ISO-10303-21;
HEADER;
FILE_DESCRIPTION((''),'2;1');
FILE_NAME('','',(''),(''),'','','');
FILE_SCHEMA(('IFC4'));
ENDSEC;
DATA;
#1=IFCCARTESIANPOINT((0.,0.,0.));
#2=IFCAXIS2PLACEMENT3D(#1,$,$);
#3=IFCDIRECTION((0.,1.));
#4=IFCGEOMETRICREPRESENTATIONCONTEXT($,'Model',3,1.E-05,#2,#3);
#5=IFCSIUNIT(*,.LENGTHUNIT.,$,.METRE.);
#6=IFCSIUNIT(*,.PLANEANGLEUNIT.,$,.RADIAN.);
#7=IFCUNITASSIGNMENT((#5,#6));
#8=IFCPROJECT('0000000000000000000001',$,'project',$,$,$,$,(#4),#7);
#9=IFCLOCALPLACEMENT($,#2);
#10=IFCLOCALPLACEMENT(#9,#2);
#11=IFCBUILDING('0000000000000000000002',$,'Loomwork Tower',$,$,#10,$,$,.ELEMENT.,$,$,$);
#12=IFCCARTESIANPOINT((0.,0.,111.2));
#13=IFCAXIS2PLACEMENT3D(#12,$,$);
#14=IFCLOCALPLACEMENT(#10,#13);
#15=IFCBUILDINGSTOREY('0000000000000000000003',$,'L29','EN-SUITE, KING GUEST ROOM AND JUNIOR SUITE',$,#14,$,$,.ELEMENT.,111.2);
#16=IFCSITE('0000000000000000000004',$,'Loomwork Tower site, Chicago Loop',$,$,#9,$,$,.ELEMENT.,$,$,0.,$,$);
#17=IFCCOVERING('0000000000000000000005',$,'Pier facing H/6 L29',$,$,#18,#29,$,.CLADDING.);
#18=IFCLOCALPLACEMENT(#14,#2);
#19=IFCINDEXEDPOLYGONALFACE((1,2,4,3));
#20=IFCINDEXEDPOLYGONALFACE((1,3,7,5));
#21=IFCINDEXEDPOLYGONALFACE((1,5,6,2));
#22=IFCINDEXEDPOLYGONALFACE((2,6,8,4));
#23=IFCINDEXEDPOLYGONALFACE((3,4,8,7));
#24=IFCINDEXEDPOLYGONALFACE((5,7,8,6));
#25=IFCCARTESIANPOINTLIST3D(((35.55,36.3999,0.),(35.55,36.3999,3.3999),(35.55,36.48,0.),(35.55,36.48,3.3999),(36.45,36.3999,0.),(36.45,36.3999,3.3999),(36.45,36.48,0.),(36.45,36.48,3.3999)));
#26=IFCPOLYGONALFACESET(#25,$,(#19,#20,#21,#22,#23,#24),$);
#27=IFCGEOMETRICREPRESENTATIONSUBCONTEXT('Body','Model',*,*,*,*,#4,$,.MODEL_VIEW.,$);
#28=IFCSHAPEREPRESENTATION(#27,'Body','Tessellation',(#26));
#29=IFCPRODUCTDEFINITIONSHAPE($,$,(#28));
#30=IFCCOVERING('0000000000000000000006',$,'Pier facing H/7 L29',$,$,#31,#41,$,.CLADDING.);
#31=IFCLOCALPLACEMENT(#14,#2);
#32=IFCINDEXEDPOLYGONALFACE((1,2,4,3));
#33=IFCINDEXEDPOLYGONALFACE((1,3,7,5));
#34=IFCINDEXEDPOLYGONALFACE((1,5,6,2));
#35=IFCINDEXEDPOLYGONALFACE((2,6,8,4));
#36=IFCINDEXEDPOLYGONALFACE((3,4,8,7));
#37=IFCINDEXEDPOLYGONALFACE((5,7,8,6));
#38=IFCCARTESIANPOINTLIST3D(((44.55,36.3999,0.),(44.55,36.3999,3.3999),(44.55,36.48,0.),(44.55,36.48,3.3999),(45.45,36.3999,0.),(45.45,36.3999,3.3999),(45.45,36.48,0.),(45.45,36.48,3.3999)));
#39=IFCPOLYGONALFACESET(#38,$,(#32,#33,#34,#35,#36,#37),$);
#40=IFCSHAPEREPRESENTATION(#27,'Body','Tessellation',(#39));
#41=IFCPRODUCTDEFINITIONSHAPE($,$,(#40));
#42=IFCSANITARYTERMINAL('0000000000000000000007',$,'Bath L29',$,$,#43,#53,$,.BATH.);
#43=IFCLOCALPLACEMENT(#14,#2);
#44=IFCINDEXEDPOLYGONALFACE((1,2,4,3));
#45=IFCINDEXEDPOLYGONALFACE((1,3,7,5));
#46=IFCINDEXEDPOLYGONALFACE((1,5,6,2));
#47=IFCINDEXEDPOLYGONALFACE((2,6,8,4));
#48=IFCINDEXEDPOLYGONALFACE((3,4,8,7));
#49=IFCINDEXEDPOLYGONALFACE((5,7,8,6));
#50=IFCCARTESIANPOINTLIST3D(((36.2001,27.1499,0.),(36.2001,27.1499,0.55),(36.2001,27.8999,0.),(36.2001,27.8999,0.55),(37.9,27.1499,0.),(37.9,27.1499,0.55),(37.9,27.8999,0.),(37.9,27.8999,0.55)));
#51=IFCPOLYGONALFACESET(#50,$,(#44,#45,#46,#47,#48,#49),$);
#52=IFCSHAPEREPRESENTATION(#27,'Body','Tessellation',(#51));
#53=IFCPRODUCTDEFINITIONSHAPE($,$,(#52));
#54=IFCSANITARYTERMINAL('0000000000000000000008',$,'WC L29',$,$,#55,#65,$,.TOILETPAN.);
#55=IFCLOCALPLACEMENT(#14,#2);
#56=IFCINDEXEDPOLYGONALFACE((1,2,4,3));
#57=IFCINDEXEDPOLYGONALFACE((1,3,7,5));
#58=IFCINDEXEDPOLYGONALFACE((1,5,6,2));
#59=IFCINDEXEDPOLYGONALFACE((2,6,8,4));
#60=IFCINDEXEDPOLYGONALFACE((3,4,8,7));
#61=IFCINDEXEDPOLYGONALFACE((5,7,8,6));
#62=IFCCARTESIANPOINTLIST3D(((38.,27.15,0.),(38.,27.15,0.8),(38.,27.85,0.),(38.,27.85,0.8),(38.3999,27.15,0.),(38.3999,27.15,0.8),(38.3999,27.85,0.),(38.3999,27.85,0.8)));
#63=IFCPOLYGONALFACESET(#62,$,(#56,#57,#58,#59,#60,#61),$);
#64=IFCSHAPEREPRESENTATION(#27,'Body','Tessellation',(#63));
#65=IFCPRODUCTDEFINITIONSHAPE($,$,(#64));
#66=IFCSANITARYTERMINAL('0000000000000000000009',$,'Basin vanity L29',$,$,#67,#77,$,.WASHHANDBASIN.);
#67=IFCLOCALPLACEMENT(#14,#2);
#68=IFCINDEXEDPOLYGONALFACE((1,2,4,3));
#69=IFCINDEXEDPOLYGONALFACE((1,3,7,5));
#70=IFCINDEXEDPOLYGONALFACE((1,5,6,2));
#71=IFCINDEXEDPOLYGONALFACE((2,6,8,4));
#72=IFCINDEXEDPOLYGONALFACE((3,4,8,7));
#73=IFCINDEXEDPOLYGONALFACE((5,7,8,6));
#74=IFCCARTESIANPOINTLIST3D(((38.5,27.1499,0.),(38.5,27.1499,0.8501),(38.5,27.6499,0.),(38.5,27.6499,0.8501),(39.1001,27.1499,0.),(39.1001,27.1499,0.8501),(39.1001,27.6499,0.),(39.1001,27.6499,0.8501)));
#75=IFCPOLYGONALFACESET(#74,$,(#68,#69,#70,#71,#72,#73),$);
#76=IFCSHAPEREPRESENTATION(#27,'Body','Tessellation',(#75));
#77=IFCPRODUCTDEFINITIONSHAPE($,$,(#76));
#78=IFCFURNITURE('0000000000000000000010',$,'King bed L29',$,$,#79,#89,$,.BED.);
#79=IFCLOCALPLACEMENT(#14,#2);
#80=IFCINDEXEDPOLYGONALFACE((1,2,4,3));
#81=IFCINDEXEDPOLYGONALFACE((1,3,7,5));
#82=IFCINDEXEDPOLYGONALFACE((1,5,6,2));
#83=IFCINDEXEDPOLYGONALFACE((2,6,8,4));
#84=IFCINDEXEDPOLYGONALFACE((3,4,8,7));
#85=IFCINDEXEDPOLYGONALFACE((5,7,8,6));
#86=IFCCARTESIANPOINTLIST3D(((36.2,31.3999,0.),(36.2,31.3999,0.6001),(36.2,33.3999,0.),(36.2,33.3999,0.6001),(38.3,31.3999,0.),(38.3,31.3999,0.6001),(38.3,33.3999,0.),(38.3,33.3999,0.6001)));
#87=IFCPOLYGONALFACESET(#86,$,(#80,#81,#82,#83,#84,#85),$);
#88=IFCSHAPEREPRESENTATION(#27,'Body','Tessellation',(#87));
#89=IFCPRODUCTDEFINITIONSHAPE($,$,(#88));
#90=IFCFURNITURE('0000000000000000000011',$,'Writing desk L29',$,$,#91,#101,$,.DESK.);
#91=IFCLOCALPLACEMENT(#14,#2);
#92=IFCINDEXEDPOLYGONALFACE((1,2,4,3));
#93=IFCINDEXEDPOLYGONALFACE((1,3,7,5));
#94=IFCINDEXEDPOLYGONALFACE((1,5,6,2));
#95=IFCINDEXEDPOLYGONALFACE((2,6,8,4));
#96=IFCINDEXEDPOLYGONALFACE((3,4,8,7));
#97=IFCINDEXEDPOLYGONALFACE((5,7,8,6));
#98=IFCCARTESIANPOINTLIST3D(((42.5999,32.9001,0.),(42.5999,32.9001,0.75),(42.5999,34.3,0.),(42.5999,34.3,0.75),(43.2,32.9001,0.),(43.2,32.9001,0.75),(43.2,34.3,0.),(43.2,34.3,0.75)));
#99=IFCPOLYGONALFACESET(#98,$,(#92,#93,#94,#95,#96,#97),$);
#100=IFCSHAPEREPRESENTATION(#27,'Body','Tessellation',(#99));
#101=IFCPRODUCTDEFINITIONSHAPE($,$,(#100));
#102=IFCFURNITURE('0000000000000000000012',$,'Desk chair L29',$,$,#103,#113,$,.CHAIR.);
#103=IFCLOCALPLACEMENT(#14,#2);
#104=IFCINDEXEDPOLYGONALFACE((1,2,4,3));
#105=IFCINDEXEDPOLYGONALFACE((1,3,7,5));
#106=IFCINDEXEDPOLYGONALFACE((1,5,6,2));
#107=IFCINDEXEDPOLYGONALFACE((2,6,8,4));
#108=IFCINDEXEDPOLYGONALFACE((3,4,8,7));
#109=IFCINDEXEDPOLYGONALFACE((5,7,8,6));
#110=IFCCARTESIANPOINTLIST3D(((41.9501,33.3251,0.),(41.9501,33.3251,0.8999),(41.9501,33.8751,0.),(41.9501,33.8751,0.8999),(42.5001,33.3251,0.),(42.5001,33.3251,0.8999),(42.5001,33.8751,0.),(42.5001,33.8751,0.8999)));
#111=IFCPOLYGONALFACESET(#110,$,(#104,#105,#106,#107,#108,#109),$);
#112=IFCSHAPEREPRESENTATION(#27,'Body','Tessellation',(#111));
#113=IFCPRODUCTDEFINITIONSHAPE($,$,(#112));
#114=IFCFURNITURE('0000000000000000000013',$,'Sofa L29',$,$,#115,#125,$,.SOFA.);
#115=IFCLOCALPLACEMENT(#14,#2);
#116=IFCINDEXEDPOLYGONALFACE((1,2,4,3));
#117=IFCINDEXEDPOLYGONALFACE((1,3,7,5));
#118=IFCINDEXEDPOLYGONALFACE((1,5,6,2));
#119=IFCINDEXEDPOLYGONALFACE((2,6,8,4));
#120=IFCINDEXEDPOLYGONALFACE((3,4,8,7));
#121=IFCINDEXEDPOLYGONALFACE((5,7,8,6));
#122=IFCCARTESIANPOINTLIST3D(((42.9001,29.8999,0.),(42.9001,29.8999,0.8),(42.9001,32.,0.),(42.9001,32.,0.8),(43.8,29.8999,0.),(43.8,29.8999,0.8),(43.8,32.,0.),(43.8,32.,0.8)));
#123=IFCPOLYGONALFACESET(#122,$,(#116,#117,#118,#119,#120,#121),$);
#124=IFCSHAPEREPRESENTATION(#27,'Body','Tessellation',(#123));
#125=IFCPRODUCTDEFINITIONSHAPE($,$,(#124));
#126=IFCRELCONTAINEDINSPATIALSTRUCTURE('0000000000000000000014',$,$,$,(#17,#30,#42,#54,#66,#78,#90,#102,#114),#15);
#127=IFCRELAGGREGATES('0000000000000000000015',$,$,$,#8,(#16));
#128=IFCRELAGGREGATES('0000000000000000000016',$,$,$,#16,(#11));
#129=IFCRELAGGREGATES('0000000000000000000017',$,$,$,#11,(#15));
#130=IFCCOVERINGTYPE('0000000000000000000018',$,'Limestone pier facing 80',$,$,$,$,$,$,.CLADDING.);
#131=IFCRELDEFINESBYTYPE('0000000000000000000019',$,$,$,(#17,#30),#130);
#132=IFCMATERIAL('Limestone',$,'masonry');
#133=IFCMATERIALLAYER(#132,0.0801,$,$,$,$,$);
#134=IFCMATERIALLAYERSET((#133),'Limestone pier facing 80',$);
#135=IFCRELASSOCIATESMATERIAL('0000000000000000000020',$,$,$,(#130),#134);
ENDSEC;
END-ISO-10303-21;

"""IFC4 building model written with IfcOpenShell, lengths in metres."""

from ifc_helpers import new_model, si_unit, direction, frame, origin, origin_2d, place, context, subcontext, project, spatial, rectangle, extrude, material, layer, layer_set, type_object, element, save


model = new_model("IFC4")

# Units and contexts
model_context = context("Model", 3, precision=1e-05, world=origin(), true_north=direction((0.0, 1.0)))
body_context = subcontext(model_context, "Body", "Model", "MODEL_VIEW")
ifc_project = project(units=[si_unit("LENGTHUNIT", "METRE"), si_unit("PLANEANGLEUNIT", "RADIAN")], contexts=[model_context])

# Site, building, storey
site_placement = place(None, origin())
site = spatial("IfcSite", under=ifc_project, at=site_placement, Name="Loomwork Tower site, Chicago Loop", CompositionType="ELEMENT", RefElevation=0.0)
building_placement = place(site_placement, origin())
building = spatial("IfcBuilding", under=site, at=building_placement, Name="Loomwork Tower", CompositionType="ELEMENT")
storey_placement = place(building_placement, frame((0.0, 0.0, 111.2)))
storey = spatial("IfcBuildingStorey", under=building, at=storey_placement, Name="L29", Description="EN-SUITE, KING GUEST ROOM AND JUNIOR SUITE", CompositionType="ELEMENT", Elevation=111.2)

# Coverings
ifc_material_1 = material(Name="Limestone", Category="masonry")
ifc_layer_1 = layer(ifc_material_1, 0.0801)
ifc_layer_set_1 = layer_set([ifc_layer_1], Name="Limestone pier facing 80")
covering_type = type_object("IfcCoveringType", Name="Limestone pier facing 80", PredefinedType="CLADDING", material=ifc_layer_set_1)
for number, where, z_axis, x_axis, name in (
    (1, (36.0, 36.4399, 0.0), (0.0, 0.0, 1.0), (1.0, 0.0, 0.0), "Pier facing H/6 L29"),
    (2, (45.0, 36.4399, 0.0), (0.0, 0.0, 1.0), (1.0, 0.0, 0.0), "Pier facing H/7 L29"),
):
    element("IfcCovering", number, at=place(storey_placement, frame(where, z_axis=z_axis, x_axis=x_axis)), inside=storey, type_object=covering_type, Name=name, PredefinedType="CLADDING", context=body_context, shape_type="SweptSolid", body=[
        extrude(rectangle(XDim=0.8999, YDim=0.0801, at=origin_2d()), origin(), (0.0, 0.0, 1.0), 3.3999),
    ])

# Sanitary terminals
sanitary_terminal_1_placement = place(storey_placement, frame((37.05, 27.5249, 0.0), z_axis=(0.0, 0.0, 1.0), x_axis=(1.0, 0.0, 0.0)))
element("IfcSanitaryTerminal", 3, at=sanitary_terminal_1_placement, inside=storey, Name="Bath L29", PredefinedType="BATH", context=body_context, shape_type="SweptSolid", body=[
    extrude(rectangle(XDim=1.7, YDim=0.75, at=origin_2d()), origin(), (0.0, 0.0, 1.0), 0.55),
])
sanitary_terminal_2_placement = place(storey_placement, frame((38.2, 27.5, 0.0), z_axis=(0.0, 0.0, 1.0), x_axis=(1.0, 0.0, 0.0)))
element("IfcSanitaryTerminal", 4, at=sanitary_terminal_2_placement, inside=storey, Name="WC L29", PredefinedType="TOILETPAN", context=body_context, shape_type="SweptSolid", body=[
    extrude(rectangle(XDim=0.3999, YDim=0.7, at=origin_2d()), origin(), (0.0, 0.0, 1.0), 0.8),
])
sanitary_terminal_3_placement = place(storey_placement, frame((38.8, 27.3999, 0.0), z_axis=(0.0, 0.0, 1.0), x_axis=(1.0, 0.0, 0.0)))
element("IfcSanitaryTerminal", 5, at=sanitary_terminal_3_placement, inside=storey, Name="Basin vanity L29", PredefinedType="WASHHANDBASIN", context=body_context, shape_type="SweptSolid", body=[
    extrude(rectangle(XDim=0.6001, YDim=0.5, at=origin_2d()), origin(), (0.0, 0.0, 1.0), 0.8501),
])

# Furniture
furniture_1_placement = place(storey_placement, frame((37.25, 32.3999, 0.0), z_axis=(0.0, 0.0, 1.0), x_axis=(1.0, 0.0, 0.0)))
element("IfcFurniture", 6, at=furniture_1_placement, inside=storey, Name="King bed L29", PredefinedType="BED", context=body_context, shape_type="SweptSolid", body=[
    extrude(rectangle(XDim=2.1001, YDim=2.0, at=origin_2d()), origin(), (0.0, 0.0, 1.0), 0.6001),
])
furniture_2_placement = place(storey_placement, frame((42.8999, 33.6001, 0.0), z_axis=(0.0, 0.0, 1.0), x_axis=(1.0, 0.0, 0.0)))
element("IfcFurniture", 7, at=furniture_2_placement, inside=storey, Name="Writing desk L29", PredefinedType="DESK", context=body_context, shape_type="SweptSolid", body=[
    extrude(rectangle(XDim=0.6001, YDim=1.3999, at=origin_2d()), origin(), (0.0, 0.0, 1.0), 0.75),
])
furniture_3_placement = place(storey_placement, frame((42.2251, 33.6001, 0.0), z_axis=(0.0, 0.0, 1.0), x_axis=(1.0, 0.0, 0.0)))
element("IfcFurniture", 8, at=furniture_3_placement, inside=storey, Name="Desk chair L29", PredefinedType="CHAIR", context=body_context, shape_type="SweptSolid", body=[
    extrude(rectangle(XDim=0.55, YDim=0.55, at=origin_2d()), origin(), (0.0, 0.0, 1.0), 0.8999),
])
furniture_4_placement = place(storey_placement, frame((43.3501, 30.95, 0.0), z_axis=(0.0, 0.0, 1.0), x_axis=(1.0, 0.0, 0.0)))
element("IfcFurniture", 9, at=furniture_4_placement, inside=storey, Name="Sofa L29", PredefinedType="SOFA", context=body_context, shape_type="SweptSolid", body=[
    extrude(rectangle(XDim=0.8999, YDim=2.1001, at=origin_2d()), origin(), (0.0, 0.0, 1.0), 0.8),
])

save(model, "model.ifc")
